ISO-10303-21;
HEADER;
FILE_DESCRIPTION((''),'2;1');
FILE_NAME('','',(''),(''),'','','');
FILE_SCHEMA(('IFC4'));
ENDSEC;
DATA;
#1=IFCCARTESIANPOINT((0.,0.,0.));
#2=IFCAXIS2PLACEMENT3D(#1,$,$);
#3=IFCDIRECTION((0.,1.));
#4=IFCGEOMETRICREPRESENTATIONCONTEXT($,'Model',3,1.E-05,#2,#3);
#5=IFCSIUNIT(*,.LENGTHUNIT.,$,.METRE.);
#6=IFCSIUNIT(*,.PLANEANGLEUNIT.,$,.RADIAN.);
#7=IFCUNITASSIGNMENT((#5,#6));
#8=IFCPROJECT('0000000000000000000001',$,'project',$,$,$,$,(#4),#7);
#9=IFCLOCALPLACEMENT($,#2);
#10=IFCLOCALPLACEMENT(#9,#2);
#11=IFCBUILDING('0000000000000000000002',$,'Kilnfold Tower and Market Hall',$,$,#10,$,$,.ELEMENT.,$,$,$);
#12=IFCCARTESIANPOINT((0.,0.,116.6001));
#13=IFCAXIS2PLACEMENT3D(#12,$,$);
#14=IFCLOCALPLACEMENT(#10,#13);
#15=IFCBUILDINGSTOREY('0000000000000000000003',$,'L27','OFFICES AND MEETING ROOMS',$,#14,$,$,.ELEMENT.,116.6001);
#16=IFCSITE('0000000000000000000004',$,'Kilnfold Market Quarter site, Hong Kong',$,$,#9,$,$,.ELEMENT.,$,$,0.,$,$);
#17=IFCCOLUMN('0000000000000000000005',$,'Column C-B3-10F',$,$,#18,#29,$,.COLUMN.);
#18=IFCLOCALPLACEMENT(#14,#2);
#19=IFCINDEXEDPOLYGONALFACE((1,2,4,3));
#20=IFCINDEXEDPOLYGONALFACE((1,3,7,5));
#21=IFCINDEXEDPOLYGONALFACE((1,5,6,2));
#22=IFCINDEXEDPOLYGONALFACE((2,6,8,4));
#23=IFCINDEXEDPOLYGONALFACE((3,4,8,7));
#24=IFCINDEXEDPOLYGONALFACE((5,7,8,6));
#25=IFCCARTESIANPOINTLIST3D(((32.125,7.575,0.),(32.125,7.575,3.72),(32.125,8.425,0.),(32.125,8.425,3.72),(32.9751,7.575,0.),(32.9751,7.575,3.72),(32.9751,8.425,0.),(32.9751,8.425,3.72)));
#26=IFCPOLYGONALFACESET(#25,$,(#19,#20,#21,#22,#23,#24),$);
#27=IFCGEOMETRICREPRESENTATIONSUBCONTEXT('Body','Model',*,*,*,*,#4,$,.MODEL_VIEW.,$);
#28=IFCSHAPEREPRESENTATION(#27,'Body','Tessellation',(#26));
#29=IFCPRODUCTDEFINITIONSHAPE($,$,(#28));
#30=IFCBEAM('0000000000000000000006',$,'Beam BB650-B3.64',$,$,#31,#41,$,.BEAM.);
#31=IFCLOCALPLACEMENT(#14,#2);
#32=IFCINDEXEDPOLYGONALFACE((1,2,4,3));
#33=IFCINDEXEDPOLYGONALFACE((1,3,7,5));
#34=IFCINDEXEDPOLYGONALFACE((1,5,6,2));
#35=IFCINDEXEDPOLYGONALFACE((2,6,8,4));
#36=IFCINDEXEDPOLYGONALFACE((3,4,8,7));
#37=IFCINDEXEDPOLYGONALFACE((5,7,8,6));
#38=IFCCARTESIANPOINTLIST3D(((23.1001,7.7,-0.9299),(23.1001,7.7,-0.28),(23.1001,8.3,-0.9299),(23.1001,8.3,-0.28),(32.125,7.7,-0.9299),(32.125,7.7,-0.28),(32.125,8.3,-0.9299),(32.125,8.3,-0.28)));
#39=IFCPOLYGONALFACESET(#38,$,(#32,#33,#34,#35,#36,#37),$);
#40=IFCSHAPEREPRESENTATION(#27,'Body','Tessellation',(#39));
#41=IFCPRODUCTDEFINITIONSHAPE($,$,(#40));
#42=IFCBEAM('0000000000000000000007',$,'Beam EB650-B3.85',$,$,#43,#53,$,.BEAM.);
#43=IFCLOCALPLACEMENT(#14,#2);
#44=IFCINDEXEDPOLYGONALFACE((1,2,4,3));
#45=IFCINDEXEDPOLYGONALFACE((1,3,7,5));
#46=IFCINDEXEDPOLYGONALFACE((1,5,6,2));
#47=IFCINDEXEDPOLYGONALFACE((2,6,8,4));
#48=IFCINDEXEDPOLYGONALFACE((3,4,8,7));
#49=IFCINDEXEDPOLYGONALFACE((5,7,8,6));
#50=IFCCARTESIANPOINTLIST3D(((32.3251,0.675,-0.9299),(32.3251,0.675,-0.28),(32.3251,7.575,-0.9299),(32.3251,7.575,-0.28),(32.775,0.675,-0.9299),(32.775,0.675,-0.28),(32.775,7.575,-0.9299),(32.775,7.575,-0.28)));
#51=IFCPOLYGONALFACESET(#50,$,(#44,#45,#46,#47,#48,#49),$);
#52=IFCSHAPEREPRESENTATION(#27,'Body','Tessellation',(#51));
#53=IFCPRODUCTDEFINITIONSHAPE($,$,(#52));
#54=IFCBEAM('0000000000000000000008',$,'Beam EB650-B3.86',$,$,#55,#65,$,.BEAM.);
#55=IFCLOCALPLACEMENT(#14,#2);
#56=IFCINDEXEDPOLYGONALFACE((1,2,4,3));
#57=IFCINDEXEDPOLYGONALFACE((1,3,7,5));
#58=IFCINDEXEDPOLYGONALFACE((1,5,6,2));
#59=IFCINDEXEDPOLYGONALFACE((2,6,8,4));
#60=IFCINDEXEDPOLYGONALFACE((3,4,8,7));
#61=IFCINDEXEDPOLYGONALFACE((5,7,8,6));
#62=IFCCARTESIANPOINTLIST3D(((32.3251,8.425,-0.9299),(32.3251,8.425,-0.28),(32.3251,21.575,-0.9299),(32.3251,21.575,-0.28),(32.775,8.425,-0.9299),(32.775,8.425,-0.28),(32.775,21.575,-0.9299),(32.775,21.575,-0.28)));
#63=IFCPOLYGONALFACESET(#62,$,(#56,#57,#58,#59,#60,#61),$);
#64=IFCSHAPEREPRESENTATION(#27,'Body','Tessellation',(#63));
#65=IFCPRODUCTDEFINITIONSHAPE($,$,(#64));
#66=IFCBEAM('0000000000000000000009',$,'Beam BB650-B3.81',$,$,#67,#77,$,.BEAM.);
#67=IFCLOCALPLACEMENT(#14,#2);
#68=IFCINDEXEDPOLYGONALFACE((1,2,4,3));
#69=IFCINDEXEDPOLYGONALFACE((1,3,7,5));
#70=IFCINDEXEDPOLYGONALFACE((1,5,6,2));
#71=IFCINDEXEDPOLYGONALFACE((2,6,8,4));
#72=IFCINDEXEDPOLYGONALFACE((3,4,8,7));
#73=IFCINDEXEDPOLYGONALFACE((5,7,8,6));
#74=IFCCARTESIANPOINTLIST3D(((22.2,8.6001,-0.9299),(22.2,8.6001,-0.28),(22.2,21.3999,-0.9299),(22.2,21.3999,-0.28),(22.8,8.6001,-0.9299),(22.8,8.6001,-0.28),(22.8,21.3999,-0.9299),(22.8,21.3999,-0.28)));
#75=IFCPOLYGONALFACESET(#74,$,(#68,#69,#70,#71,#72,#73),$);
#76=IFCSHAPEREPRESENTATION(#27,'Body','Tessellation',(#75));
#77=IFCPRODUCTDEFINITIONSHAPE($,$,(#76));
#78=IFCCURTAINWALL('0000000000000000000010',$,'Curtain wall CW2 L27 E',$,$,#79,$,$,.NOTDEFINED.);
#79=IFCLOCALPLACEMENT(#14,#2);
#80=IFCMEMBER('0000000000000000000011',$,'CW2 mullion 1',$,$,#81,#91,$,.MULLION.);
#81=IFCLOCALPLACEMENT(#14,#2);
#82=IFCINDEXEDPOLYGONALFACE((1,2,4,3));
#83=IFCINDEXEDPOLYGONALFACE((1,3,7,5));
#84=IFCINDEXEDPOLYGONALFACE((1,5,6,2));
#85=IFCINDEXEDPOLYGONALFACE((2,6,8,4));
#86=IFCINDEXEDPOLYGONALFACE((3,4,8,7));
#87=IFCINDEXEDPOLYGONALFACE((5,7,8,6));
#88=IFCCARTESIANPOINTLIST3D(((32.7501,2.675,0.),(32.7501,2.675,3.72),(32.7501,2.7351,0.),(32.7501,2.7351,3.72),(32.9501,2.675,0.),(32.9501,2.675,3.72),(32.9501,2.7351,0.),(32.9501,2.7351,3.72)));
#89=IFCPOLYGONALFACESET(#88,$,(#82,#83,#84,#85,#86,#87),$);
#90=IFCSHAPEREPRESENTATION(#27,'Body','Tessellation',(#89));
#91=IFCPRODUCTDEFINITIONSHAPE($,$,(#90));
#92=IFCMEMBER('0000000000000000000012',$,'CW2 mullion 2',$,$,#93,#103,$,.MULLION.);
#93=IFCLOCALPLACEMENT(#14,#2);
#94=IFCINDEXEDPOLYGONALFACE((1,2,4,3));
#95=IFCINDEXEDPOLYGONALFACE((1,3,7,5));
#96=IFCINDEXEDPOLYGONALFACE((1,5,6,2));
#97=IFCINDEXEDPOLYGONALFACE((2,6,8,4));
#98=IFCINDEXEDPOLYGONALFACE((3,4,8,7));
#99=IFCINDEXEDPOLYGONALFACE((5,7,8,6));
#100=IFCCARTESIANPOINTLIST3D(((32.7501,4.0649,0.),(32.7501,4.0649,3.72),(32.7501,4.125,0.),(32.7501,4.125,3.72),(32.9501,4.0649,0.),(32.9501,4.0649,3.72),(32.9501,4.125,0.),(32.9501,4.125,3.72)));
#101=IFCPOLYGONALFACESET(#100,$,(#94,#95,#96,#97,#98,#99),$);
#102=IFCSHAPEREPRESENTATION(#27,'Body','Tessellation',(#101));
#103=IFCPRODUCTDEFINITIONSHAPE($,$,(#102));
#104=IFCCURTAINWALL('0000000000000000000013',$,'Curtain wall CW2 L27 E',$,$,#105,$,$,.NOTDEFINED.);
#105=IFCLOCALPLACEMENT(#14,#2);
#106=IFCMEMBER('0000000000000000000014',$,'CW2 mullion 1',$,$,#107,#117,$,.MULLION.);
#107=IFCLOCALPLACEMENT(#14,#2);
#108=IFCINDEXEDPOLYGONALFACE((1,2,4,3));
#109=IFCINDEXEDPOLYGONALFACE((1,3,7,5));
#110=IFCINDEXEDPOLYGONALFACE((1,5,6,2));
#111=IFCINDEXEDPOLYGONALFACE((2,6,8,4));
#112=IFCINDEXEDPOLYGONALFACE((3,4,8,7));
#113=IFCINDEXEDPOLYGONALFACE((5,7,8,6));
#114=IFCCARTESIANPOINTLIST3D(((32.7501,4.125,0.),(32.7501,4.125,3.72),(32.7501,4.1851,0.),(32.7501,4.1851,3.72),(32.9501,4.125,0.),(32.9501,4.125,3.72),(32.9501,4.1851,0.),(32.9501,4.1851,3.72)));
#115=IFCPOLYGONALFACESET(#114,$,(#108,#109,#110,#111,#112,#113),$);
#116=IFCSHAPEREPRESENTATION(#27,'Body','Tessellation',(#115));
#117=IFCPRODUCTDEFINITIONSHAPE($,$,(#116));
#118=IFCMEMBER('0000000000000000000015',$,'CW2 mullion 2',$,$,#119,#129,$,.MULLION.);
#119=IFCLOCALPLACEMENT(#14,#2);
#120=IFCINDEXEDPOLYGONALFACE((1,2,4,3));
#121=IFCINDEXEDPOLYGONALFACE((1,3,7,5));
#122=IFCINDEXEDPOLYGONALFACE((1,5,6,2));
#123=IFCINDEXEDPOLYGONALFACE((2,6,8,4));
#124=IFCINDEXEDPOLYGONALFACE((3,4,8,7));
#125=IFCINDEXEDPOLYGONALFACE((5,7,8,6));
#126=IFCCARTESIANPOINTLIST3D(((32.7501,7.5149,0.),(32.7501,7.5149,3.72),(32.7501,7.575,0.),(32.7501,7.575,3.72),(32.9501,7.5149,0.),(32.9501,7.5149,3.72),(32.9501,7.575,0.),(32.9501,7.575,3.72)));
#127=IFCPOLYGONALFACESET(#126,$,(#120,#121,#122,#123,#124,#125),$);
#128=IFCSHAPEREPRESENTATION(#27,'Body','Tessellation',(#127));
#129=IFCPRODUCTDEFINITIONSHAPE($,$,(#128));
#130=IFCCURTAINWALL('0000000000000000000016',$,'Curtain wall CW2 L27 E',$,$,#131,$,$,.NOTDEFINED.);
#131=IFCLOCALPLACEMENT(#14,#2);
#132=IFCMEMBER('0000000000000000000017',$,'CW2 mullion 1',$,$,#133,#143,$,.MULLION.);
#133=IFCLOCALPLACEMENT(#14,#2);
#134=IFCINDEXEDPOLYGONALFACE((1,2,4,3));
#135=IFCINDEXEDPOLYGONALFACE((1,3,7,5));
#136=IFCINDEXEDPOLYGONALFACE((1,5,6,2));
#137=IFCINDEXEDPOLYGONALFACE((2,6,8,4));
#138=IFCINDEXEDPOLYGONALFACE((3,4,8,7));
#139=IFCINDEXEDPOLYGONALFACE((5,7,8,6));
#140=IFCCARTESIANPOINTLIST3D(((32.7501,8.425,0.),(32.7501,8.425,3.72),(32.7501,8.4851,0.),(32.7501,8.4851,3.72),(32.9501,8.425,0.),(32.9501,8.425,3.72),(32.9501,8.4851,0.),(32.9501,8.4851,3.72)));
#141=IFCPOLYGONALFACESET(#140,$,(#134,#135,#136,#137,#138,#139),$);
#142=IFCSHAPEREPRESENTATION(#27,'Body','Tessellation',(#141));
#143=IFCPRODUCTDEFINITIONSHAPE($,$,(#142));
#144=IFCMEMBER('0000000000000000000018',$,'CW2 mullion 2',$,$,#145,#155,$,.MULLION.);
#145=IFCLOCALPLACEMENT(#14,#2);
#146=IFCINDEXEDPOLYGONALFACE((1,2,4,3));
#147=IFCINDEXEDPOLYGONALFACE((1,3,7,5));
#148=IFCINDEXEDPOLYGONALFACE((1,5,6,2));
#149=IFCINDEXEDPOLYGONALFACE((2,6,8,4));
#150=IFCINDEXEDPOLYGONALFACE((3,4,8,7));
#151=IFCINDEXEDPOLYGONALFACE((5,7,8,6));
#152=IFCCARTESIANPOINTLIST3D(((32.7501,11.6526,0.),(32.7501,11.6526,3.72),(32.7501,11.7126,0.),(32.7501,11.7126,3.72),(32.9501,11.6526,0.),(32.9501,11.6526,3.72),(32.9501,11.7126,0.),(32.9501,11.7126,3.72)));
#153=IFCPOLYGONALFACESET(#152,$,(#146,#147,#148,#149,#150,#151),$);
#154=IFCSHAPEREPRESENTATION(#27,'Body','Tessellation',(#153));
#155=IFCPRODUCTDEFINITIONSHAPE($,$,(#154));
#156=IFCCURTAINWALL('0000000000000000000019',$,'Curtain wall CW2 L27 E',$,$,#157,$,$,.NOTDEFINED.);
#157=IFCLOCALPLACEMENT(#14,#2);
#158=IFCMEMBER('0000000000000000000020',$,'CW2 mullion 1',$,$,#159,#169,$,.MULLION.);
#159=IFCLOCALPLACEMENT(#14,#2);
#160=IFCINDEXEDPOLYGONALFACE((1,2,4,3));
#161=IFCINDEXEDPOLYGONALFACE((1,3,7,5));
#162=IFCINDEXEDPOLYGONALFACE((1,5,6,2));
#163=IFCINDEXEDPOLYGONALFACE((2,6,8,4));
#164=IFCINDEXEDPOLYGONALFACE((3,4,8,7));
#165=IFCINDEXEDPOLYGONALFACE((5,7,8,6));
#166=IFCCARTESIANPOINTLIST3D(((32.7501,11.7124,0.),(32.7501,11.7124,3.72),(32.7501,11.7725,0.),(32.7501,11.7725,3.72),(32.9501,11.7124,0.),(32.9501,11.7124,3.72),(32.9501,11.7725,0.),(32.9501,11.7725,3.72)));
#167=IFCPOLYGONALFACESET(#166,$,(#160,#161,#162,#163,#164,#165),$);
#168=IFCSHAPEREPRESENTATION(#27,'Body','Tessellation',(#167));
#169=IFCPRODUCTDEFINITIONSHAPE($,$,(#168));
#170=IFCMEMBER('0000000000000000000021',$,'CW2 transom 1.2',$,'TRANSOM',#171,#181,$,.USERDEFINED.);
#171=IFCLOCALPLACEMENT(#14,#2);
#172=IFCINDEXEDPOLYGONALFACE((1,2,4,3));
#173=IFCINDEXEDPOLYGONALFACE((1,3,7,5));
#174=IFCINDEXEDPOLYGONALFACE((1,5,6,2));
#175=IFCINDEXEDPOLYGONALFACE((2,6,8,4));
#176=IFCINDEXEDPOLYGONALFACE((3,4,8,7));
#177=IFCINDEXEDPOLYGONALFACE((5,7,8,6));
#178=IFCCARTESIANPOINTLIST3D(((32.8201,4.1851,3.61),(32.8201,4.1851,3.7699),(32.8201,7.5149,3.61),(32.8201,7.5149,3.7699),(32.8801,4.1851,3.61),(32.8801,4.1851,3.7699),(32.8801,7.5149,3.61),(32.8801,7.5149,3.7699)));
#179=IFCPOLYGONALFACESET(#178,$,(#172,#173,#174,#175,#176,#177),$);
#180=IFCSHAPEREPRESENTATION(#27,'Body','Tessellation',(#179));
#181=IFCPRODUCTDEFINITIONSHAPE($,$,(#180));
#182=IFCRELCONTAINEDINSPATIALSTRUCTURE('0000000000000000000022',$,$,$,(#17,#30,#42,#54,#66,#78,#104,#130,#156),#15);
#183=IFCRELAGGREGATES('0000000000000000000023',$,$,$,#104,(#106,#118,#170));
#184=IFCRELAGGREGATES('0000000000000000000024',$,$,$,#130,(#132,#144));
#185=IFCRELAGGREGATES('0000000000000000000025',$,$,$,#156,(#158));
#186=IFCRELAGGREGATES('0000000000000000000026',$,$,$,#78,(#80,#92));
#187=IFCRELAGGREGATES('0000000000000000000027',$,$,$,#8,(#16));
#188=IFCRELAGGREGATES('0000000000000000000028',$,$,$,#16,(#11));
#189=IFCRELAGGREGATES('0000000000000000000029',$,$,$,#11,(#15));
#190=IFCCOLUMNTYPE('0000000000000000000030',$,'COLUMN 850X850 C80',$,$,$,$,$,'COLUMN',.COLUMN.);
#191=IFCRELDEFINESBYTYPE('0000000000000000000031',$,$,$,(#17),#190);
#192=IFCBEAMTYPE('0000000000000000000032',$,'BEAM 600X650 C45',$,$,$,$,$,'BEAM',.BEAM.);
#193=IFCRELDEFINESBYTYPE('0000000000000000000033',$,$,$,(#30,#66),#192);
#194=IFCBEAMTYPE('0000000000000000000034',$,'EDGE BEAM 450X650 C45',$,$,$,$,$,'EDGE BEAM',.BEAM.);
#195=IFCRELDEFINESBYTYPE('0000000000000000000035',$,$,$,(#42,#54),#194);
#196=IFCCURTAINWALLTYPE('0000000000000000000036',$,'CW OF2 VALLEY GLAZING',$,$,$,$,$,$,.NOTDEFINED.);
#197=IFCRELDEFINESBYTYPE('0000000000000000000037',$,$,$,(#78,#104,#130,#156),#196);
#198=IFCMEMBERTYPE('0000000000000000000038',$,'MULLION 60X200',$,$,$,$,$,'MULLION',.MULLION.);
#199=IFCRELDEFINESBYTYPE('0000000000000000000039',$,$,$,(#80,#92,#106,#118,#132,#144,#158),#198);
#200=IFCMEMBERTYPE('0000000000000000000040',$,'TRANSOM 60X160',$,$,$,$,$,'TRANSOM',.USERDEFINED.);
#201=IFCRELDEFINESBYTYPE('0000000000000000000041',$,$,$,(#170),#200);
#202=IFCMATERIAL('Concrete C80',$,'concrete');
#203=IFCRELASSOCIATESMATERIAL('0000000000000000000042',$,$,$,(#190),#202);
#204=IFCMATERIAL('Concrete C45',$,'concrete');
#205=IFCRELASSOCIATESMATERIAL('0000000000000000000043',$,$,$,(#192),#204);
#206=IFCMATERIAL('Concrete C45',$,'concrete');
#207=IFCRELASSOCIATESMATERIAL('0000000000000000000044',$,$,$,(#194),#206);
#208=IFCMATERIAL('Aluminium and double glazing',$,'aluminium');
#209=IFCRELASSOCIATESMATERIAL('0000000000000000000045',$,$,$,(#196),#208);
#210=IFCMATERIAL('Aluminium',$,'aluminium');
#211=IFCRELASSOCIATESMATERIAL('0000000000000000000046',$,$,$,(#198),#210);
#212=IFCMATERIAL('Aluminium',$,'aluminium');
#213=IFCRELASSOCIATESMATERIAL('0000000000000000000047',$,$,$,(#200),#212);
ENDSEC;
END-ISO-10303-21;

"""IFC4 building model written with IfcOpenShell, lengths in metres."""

from ifc_helpers import new_model, si_unit, direction, frame, origin, origin_2d, place, context, subcontext, project, spatial, rectangle, extrude, source, transform, mapped, material, material_profile, profile_set, type_object, element, aggregate, save


model = new_model("IFC4")

# Units and contexts
model_context = context("Model", 3, precision=1e-05, world=origin(), true_north=direction((0.0, 1.0)))
body_context = subcontext(model_context, "Body", "Model", "MODEL_VIEW")
ifc_project = project(units=[si_unit("LENGTHUNIT", "METRE"), si_unit("PLANEANGLEUNIT", "RADIAN")], contexts=[model_context])

# Site, building, storey
site_placement = place(None, origin())
site = spatial("IfcSite", under=ifc_project, at=site_placement, Name="Kilnfold Market Quarter site, Hong Kong", CompositionType="ELEMENT", RefElevation=0.0)
building_placement = place(site_placement, origin())
building = spatial("IfcBuilding", under=site, at=building_placement, Name="Kilnfold Tower and Market Hall", CompositionType="ELEMENT")
storey_placement = place(building_placement, frame((0.0, 0.0, 116.6001)))
storey = spatial("IfcBuildingStorey", under=building, at=storey_placement, Name="L27", Description="OFFICES AND MEETING ROOMS", CompositionType="ELEMENT", Elevation=116.6001)

# Column
ifc_material_1 = material(Name="Concrete C80", Category="concrete")
ifc_material_profile_1 = material_profile(ifc_material_1, rectangle(XDim=0.8501, YDim=0.8501, at=origin_2d()), Name="RC 850x850")
ifc_profile_set_1 = profile_set([ifc_material_profile_1], Name="Concrete C80")
column_type = type_object("IfcColumnType", Name="COLUMN 850X850 C80", ElementType="COLUMN", PredefinedType="COLUMN", material=ifc_profile_set_1)
shared_shape_1 = source(origin(), body_context, "Body", "SweptSolid", [
    extrude(rectangle(XDim=0.8501, YDim=0.8501, at=origin_2d()), origin(), (0.0, 0.0, 1.0), 3.72),
])
column_placement = place(storey_placement, frame((32.55, 8.0, 0.0), z_axis=(0.0, 0.0, 1.0), x_axis=(1.0, 0.0, 0.0)))
element("IfcColumn", 1, at=column_placement, inside=storey, type_object=column_type, Name="Column C-B3-10F", PredefinedType="COLUMN", context=body_context, shape_type="MappedRepresentation", body=[
    mapped(shared_shape_1, transform((0.0, 0.0, 0.0))),
])

# Beams
ifc_material_2 = material(Name="Concrete C45", Category="concrete")
ifc_material_profile_2 = material_profile(ifc_material_2, rectangle(XDim=0.6001, YDim=0.6499, at=origin_2d()), Name="RC 600x650")
ifc_profile_set_2 = profile_set([ifc_material_profile_2], Name="Concrete C45")
beam_type_1 = type_object("IfcBeamType", Name="BEAM 600X650 C45", ElementType="BEAM", PredefinedType="BEAM", material=ifc_profile_set_2)
shared_shape_2 = source(origin(), body_context, "Body", "SweptSolid", [
    extrude(rectangle(XDim=0.6001, YDim=0.6499, at=origin_2d()), origin(), (0.0, 0.0, 1.0), 9.0249),
])
beam_1_placement = place(storey_placement, frame((23.1001, 8.0, -0.605), z_axis=(1.0, 0.0, 0.0), x_axis=(0.0, 1.0, 0.0)))
element("IfcBeam", 2, at=beam_1_placement, inside=storey, type_object=beam_type_1, Name="Beam BB650-B3.64", PredefinedType="BEAM", context=body_context, shape_type="MappedRepresentation", body=[
    mapped(shared_shape_2, transform((0.0, 0.0, 0.0))),
])
ifc_material_3 = material(Name="Concrete C45", Category="concrete")
ifc_material_profile_3 = material_profile(ifc_material_3, rectangle(XDim=0.45, YDim=0.6499, at=origin_2d()), Name="RC 450x650")
ifc_profile_set_3 = profile_set([ifc_material_profile_3], Name="Concrete C45")
beam_type_2 = type_object("IfcBeamType", Name="EDGE BEAM 450X650 C45", ElementType="EDGE BEAM", PredefinedType="BEAM", material=ifc_profile_set_3)
shared_shape_3 = source(origin(), body_context, "Body", "SweptSolid", [
    extrude(rectangle(XDim=0.45, YDim=0.6499, at=origin_2d()), origin(), (0.0, 0.0, 1.0), 6.8999),
])
beam_2_placement = place(storey_placement, frame((32.55, 0.675, -0.605), z_axis=(0.0, 1.0, 0.0), x_axis=(-1.0, 0.0, 0.0)))
element("IfcBeam", 3, at=beam_2_placement, inside=storey, type_object=beam_type_2, Name="Beam EB650-B3.85", PredefinedType="BEAM", context=body_context, shape_type="MappedRepresentation", body=[
    mapped(shared_shape_3, transform((0.0, 0.0, 0.0))),
])
shared_shape_4 = source(origin(), body_context, "Body", "SweptSolid", [
    extrude(rectangle(XDim=0.45, YDim=0.6499, at=origin_2d()), origin(), (0.0, 0.0, 1.0), 13.1499),
])
beam_3_placement = place(storey_placement, frame((32.55, 8.425, -0.605), z_axis=(0.0, 1.0, 0.0), x_axis=(-1.0, 0.0, 0.0)))
element("IfcBeam", 4, at=beam_3_placement, inside=storey, type_object=beam_type_2, Name="Beam EB650-B3.86", PredefinedType="BEAM", context=body_context, shape_type="MappedRepresentation", body=[
    mapped(shared_shape_4, transform((0.0, 0.0, 0.0))),
])
shared_shape_5 = source(origin(), body_context, "Body", "SweptSolid", [
    extrude(rectangle(XDim=0.6001, YDim=0.6499, at=origin_2d()), origin(), (0.0, 0.0, 1.0), 12.7998),
])
beam_4_placement = place(storey_placement, frame((22.5, 8.6001, -0.605), z_axis=(0.0, 1.0, 0.0), x_axis=(-1.0, 0.0, 0.0)))
element("IfcBeam", 5, at=beam_4_placement, inside=storey, type_object=beam_type_1, Name="Beam BB650-B3.81", PredefinedType="BEAM", context=body_context, shape_type="MappedRepresentation", body=[
    mapped(shared_shape_5, transform((0.0, 0.0, 0.0))),
])

# Curtain walls, members
ifc_material_4 = material(Name="Aluminium and double glazing", Category="aluminium")
curtain_wall_type = type_object("IfcCurtainWallType", Name="CW OF2 VALLEY GLAZING", PredefinedType="NOTDEFINED", material=ifc_material_4)
curtain_wall_1_placement = place(storey_placement, origin())
curtain_wall_1 = element("IfcCurtainWall", 6, at=curtain_wall_1_placement, inside=storey, type_object=curtain_wall_type, Name="Curtain wall CW2 L27 E", PredefinedType="NOTDEFINED")
ifc_material_5 = material(Name="Aluminium", Category="aluminium")
ifc_material_profile_4 = material_profile(ifc_material_5, rectangle(XDim=0.0601, YDim=0.2, at=origin_2d()), Name="MULLION 60x200")
ifc_profile_set_4 = profile_set([ifc_material_profile_4], Name="Aluminium")
member_type_1 = type_object("IfcMemberType", Name="MULLION 60X200", ElementType="MULLION", PredefinedType="MULLION", material=ifc_profile_set_4)
shared_shape_6 = source(origin(), body_context, "Body", "SweptSolid", [
    extrude(rectangle(XDim=0.0601, YDim=0.2, at=origin_2d()), origin(), (0.0, 0.0, 1.0), 3.72),
])
member_1_placement = place(storey_placement, frame((32.8501, 2.7051, 0.0), z_axis=(0.0, 0.0, 1.0), x_axis=(0.0, 1.0, 0.0)))
member_1 = element("IfcMember", 7, at=member_1_placement, type_object=member_type_1, Name="CW2 mullion 1", PredefinedType="MULLION", context=body_context, shape_type="MappedRepresentation", body=[
    mapped(shared_shape_6, transform((0.0, 0.0, 0.0))),
])
member_2_placement = place(storey_placement, frame((32.8501, 4.095, 0.0), z_axis=(0.0, 0.0, 1.0), x_axis=(0.0, 1.0, 0.0)))
member_2 = element("IfcMember", 8, at=member_2_placement, type_object=member_type_1, Name="CW2 mullion 2", PredefinedType="MULLION", context=body_context, shape_type="MappedRepresentation", body=[
    mapped(shared_shape_6, transform((0.0, 0.0, 0.0))),
])
curtain_wall_2_placement = place(storey_placement, origin())
curtain_wall_2 = element("IfcCurtainWall", 9, at=curtain_wall_2_placement, inside=storey, type_object=curtain_wall_type, Name="Curtain wall CW2 L27 E", PredefinedType="NOTDEFINED")
member_3_placement = place(storey_placement, frame((32.8501, 4.155, 0.0), z_axis=(0.0, 0.0, 1.0), x_axis=(0.0, 1.0, 0.0)))
member_3 = element("IfcMember", 10, at=member_3_placement, type_object=member_type_1, Name="CW2 mullion 1", PredefinedType="MULLION", context=body_context, shape_type="MappedRepresentation", body=[
    mapped(shared_shape_6, transform((0.0, 0.0, 0.0))),
])
member_4_placement = place(storey_placement, frame((32.8501, 7.5449, 0.0), z_axis=(0.0, 0.0, 1.0), x_axis=(0.0, 1.0, 0.0)))
member_4 = element("IfcMember", 11, at=member_4_placement, type_object=member_type_1, Name="CW2 mullion 2", PredefinedType="MULLION", context=body_context, shape_type="MappedRepresentation", body=[
    mapped(shared_shape_6, transform((0.0, 0.0, 0.0))),
])
curtain_wall_3_placement = place(storey_placement, origin())
curtain_wall_3 = element("IfcCurtainWall", 12, at=curtain_wall_3_placement, inside=storey, type_object=curtain_wall_type, Name="Curtain wall CW2 L27 E", PredefinedType="NOTDEFINED")
member_5_placement = place(storey_placement, frame((32.8501, 8.4551, 0.0), z_axis=(0.0, 0.0, 1.0), x_axis=(0.0, 1.0, 0.0)))
member_5 = element("IfcMember", 13, at=member_5_placement, type_object=member_type_1, Name="CW2 mullion 1", PredefinedType="MULLION", context=body_context, shape_type="MappedRepresentation", body=[
    mapped(shared_shape_6, transform((0.0, 0.0, 0.0))),
])
member_6_placement = place(storey_placement, frame((32.8501, 11.6826, 0.0), z_axis=(0.0, 0.0, 1.0), x_axis=(0.0, 1.0, 0.0)))
member_6 = element("IfcMember", 14, at=member_6_placement, type_object=member_type_1, Name="CW2 mullion 2", PredefinedType="MULLION", context=body_context, shape_type="MappedRepresentation", body=[
    mapped(shared_shape_6, transform((0.0, 0.0, 0.0))),
])

# Curtain wall, member
curtain_wall_4_placement = place(storey_placement, origin())
curtain_wall_4 = element("IfcCurtainWall", 15, at=curtain_wall_4_placement, inside=storey, type_object=curtain_wall_type, Name="Curtain wall CW2 L27 E", PredefinedType="NOTDEFINED")
member_7_placement = place(storey_placement, frame((32.8501, 11.7424, 0.0), z_axis=(0.0, 0.0, 1.0), x_axis=(0.0, 1.0, 0.0)))
member_7 = element("IfcMember", 16, at=member_7_placement, type_object=member_type_1, Name="CW2 mullion 1", PredefinedType="MULLION", context=body_context, shape_type="MappedRepresentation", body=[
    mapped(shared_shape_6, transform((0.0, 0.0, 0.0))),
])

# Member
ifc_material_6 = material(Name="Aluminium", Category="aluminium")
ifc_material_profile_5 = material_profile(ifc_material_6, rectangle(XDim=0.0601, YDim=0.1599, at=origin_2d()), Name="TRANSOM 60x160")
ifc_profile_set_5 = profile_set([ifc_material_profile_5], Name="Aluminium")
member_type_2 = type_object("IfcMemberType", Name="TRANSOM 60X160", ElementType="TRANSOM", PredefinedType="USERDEFINED", material=ifc_profile_set_5)
shared_shape_7 = source(origin(), body_context, "Body", "SweptSolid", [
    extrude(rectangle(XDim=0.0601, YDim=0.1599, at=origin_2d()), origin(), (0.0, 0.0, 1.0), 3.3298),
])
member_8_placement = place(storey_placement, frame((32.8501, 4.1851, 3.6899), z_axis=(0.0, 1.0, 0.0), x_axis=(-1.0, 0.0, 0.0)))
member_8 = element("IfcMember", 17, at=member_8_placement, type_object=member_type_2, Name="CW2 transom 1.2", ObjectType="TRANSOM", PredefinedType="USERDEFINED", context=body_context, shape_type="MappedRepresentation", body=[
    mapped(shared_shape_7, transform((0.0, 0.0, 0.0))),
])

aggregate(curtain_wall_2, [member_3, member_4, member_8])
aggregate(curtain_wall_3, [member_5, member_6])
aggregate(curtain_wall_4, [member_7])
aggregate(curtain_wall_1, [member_1, member_2])

save(model, "model.ifc")
